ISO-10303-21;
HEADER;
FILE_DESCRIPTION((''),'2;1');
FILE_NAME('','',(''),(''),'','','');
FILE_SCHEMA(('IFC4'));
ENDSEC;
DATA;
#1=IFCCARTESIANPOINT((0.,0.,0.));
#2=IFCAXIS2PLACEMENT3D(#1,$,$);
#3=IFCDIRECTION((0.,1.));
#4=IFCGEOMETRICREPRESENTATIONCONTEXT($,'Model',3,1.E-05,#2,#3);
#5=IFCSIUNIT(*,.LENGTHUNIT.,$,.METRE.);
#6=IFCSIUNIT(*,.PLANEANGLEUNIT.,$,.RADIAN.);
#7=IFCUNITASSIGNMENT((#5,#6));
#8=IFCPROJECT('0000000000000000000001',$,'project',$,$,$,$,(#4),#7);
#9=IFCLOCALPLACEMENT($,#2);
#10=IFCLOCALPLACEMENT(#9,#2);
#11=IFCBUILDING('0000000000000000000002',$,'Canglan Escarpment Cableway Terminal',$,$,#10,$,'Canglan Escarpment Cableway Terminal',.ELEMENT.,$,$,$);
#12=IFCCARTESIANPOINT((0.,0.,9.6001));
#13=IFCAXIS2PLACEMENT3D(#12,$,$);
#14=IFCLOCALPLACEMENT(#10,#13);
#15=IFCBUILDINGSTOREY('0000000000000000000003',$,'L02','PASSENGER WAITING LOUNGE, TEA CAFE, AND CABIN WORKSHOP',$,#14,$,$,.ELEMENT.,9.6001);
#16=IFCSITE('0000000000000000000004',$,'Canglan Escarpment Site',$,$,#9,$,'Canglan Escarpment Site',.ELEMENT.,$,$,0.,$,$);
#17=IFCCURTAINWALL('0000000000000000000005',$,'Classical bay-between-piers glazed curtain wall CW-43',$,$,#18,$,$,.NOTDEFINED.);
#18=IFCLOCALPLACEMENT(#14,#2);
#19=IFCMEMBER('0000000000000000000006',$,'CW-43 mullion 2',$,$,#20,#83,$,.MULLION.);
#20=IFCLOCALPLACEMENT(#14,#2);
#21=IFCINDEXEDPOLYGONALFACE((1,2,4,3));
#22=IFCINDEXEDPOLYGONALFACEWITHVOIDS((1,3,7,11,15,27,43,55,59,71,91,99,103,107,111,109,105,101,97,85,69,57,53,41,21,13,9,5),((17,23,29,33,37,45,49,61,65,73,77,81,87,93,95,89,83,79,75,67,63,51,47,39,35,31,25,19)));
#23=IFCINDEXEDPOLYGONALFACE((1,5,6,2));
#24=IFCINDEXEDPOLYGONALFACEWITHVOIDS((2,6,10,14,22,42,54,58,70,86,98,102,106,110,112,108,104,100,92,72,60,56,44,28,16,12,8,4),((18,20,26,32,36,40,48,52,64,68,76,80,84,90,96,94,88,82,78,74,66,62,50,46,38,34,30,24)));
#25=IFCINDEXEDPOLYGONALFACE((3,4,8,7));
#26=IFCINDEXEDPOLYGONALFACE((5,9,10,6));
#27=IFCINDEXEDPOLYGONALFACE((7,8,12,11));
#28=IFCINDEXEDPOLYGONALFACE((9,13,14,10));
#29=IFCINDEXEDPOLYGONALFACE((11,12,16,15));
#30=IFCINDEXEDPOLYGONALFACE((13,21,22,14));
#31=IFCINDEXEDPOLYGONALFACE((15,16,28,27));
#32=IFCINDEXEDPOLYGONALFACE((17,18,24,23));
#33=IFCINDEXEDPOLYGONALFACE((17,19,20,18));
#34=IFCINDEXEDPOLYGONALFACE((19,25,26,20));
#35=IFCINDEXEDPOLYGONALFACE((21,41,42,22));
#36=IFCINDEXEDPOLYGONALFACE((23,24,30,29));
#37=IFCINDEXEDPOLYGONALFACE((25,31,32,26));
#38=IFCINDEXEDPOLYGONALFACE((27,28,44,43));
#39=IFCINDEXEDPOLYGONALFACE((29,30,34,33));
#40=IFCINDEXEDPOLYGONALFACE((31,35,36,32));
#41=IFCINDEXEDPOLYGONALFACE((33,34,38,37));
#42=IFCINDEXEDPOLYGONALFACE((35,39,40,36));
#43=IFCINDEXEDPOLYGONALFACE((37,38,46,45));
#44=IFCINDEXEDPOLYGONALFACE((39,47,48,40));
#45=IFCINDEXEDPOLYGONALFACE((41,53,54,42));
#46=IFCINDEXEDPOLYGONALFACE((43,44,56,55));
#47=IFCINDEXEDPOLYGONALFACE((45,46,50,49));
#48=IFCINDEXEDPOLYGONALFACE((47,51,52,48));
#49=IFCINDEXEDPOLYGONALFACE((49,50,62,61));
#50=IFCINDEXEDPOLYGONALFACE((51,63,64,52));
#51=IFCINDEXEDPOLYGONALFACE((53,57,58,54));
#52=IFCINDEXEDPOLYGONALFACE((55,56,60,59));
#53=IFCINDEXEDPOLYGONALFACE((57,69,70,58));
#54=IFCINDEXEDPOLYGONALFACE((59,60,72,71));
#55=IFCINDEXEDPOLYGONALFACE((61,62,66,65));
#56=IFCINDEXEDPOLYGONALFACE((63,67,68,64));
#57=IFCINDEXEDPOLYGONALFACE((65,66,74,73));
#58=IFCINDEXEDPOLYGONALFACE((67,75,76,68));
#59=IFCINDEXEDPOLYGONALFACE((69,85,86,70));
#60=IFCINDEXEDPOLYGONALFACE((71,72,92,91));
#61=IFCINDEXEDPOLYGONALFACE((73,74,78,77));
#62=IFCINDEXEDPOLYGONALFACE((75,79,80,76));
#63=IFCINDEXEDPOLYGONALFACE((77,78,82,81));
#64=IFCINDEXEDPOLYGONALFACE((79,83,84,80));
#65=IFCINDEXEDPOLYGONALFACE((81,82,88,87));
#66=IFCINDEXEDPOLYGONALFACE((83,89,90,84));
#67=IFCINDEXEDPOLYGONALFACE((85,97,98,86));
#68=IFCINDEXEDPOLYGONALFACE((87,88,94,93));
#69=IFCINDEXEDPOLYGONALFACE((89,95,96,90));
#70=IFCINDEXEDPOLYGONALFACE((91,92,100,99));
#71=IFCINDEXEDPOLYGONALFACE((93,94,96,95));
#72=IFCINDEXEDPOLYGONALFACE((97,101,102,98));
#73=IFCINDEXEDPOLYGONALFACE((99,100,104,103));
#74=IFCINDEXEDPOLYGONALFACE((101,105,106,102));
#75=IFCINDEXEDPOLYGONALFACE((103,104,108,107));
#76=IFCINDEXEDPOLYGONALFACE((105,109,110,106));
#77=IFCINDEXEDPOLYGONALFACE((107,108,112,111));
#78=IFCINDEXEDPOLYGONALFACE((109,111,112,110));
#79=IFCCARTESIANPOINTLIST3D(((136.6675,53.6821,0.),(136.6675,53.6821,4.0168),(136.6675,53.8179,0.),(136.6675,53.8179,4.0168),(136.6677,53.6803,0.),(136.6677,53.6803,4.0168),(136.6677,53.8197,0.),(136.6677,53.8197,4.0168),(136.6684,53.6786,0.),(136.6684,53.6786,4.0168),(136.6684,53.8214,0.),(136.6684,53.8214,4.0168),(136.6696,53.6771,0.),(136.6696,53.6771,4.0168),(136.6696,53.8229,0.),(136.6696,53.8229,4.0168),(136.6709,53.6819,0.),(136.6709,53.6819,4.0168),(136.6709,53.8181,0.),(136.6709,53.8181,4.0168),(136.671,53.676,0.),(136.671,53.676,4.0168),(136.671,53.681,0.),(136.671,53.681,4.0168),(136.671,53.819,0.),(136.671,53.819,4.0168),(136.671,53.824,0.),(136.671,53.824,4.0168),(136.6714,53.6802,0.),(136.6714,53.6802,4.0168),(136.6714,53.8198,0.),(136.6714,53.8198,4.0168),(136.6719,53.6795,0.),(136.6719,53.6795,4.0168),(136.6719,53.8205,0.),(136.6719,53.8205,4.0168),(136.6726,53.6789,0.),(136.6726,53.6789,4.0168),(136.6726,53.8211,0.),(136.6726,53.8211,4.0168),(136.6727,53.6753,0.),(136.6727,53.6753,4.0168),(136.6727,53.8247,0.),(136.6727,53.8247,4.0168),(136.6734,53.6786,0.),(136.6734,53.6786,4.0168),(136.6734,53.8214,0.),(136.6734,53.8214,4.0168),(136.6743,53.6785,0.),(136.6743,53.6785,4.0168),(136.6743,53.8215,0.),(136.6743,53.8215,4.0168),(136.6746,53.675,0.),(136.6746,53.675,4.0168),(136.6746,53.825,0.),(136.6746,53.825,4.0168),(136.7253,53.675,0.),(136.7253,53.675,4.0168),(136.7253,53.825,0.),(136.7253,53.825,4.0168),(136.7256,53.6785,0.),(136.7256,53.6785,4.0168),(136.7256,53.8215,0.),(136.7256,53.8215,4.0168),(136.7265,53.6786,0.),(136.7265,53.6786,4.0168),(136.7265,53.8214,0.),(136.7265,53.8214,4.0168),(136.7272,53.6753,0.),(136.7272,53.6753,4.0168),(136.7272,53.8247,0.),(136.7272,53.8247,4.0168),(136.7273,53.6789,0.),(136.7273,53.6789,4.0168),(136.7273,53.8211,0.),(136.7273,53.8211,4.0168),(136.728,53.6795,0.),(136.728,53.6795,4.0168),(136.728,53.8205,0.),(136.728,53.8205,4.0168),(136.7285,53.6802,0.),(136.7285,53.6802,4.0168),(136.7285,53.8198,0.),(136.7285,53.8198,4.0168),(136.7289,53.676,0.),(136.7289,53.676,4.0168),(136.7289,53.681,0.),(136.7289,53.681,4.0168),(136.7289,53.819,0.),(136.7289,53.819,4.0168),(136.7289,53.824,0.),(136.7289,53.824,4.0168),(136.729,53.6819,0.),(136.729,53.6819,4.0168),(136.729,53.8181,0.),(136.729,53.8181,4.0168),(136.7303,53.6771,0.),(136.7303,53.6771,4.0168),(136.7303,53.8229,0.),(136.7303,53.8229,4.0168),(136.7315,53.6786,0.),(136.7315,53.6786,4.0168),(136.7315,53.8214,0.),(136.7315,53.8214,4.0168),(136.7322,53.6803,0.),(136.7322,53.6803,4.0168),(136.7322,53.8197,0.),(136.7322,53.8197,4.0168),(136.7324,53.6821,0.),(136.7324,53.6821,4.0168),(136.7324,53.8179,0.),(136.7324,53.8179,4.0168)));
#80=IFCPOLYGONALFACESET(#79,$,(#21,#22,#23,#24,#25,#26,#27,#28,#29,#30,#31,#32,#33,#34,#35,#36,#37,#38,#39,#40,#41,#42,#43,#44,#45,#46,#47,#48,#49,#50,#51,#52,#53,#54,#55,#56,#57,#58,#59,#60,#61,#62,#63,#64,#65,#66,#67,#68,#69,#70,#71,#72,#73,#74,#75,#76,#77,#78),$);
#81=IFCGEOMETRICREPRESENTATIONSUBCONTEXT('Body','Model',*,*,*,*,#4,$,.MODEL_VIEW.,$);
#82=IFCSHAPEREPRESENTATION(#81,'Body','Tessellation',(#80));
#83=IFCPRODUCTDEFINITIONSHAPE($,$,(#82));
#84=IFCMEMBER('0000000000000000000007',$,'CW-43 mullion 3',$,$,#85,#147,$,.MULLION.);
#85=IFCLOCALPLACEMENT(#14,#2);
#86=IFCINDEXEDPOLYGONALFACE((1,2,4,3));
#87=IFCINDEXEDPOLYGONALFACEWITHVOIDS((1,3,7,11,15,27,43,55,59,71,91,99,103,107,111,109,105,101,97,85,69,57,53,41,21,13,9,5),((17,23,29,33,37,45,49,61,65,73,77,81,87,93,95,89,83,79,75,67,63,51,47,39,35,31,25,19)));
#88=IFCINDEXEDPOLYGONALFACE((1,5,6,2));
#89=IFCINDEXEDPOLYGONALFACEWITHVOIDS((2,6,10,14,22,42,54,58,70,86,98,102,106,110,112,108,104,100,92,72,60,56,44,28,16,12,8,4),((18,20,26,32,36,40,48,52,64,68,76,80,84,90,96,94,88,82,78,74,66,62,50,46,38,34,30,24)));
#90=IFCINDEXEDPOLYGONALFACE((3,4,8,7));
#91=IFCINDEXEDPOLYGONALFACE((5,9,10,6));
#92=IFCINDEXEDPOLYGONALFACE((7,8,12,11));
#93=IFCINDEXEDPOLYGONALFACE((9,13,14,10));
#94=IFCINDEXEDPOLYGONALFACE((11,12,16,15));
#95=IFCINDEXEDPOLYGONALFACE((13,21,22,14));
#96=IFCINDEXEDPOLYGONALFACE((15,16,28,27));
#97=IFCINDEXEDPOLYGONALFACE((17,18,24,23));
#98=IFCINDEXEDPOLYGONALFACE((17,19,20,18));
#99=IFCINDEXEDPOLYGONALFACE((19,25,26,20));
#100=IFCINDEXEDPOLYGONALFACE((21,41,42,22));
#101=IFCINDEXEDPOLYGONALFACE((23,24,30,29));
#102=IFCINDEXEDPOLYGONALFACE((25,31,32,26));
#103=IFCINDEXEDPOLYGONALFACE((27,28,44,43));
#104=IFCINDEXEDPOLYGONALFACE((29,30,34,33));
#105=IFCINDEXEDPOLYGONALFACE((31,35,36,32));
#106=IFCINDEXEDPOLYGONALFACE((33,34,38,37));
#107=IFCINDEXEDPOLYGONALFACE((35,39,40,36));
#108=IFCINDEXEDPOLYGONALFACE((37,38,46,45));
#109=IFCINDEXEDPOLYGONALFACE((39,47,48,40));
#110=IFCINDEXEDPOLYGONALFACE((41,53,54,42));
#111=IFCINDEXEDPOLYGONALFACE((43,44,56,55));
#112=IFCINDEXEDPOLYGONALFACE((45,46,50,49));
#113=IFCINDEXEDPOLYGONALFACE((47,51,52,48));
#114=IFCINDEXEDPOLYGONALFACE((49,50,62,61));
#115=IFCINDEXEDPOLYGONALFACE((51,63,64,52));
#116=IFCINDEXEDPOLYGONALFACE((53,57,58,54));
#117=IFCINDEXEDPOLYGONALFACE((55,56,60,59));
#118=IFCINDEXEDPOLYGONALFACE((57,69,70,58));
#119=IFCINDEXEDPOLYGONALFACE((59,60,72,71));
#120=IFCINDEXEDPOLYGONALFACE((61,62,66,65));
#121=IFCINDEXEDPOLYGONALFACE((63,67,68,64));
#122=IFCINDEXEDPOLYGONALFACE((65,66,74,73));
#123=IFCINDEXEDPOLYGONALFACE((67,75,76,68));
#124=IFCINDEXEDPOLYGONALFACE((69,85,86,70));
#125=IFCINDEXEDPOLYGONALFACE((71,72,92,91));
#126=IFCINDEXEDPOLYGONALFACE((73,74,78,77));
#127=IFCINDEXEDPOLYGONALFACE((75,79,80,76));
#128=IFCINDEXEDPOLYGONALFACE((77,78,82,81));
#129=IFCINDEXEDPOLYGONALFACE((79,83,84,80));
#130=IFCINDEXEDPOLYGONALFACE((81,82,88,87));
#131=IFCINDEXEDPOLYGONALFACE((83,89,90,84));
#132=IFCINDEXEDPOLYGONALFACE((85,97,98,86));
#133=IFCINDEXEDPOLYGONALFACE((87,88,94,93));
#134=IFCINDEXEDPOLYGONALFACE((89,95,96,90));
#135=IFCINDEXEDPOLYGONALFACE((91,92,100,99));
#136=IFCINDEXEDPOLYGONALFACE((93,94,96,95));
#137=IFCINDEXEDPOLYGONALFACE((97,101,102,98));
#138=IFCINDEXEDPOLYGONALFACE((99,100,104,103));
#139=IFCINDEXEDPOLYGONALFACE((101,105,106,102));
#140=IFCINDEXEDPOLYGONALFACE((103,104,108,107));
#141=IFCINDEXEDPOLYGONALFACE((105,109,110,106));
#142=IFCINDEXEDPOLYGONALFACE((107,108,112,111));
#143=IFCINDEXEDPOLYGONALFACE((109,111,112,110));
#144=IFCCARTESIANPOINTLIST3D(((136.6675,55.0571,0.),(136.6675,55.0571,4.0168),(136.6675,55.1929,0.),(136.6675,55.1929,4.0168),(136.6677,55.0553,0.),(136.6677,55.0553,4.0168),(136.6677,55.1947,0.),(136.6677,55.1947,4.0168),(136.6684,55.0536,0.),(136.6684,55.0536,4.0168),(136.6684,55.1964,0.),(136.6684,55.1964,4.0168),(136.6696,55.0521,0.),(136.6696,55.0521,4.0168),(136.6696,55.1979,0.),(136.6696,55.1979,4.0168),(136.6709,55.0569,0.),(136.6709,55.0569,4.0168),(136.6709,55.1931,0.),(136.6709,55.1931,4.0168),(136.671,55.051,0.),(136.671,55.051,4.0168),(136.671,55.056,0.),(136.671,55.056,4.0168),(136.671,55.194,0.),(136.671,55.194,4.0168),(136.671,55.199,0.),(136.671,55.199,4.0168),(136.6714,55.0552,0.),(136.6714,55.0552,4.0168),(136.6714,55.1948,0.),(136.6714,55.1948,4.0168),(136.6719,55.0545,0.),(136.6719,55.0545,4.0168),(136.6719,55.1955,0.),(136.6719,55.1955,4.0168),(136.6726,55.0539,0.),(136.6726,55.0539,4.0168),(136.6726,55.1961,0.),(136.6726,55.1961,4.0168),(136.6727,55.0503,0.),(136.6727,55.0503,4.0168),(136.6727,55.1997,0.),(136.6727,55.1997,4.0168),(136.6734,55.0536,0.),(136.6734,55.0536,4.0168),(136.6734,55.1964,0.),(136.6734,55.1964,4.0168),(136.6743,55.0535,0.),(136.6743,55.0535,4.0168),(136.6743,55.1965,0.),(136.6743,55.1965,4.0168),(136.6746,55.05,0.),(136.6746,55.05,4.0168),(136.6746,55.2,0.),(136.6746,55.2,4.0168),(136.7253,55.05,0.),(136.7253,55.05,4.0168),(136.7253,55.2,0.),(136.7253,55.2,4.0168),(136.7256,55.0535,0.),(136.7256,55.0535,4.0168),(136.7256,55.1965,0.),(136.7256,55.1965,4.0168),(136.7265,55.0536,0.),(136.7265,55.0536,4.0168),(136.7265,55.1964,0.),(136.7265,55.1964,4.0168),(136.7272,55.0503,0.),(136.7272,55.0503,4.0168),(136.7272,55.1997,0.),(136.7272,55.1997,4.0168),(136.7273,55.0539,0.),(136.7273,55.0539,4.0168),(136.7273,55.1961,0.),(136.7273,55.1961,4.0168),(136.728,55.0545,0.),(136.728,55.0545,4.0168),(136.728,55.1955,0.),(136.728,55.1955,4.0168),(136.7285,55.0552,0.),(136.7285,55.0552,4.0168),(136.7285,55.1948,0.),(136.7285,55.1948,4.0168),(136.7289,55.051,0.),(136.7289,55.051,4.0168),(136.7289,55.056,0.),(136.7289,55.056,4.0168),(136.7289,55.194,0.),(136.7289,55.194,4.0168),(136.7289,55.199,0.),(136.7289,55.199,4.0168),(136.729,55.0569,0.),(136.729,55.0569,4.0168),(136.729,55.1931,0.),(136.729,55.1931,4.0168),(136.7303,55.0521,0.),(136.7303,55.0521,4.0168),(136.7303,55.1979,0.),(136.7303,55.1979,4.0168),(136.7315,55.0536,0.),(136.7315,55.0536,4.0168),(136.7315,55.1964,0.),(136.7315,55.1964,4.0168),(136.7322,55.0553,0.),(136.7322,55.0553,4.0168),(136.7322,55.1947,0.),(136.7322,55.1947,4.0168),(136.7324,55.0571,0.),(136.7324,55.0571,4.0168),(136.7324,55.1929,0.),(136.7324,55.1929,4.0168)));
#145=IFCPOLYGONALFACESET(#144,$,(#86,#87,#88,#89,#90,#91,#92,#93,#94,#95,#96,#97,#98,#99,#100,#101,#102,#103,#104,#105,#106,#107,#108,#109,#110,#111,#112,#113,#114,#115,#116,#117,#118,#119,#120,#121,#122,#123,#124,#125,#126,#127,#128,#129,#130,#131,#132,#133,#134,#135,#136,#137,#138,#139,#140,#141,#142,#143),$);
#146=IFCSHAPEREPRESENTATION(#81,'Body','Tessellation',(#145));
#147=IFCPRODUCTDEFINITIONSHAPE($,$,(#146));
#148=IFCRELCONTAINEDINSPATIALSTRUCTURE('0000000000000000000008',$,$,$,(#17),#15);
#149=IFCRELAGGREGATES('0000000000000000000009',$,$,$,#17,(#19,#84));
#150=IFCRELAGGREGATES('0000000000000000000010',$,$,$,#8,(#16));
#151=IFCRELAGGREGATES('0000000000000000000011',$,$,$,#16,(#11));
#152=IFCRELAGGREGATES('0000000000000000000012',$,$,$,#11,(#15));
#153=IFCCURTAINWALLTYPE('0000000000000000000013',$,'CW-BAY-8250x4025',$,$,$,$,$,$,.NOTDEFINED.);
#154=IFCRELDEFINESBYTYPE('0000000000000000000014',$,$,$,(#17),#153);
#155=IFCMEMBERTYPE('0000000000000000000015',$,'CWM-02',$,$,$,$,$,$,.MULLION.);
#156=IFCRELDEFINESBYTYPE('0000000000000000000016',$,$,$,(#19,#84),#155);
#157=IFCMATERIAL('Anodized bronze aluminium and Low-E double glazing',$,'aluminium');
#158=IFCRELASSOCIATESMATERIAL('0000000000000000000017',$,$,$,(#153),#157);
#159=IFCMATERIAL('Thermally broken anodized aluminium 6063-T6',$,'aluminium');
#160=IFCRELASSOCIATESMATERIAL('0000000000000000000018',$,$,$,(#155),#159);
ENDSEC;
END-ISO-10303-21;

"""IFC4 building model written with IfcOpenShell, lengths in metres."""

from ifc_helpers import new_model, si_unit, direction, frame, origin, origin_2d, place, context, subcontext, project, spatial, hollow_rectangle, extrude, material, material_profile, profile_set, type_object, element, aggregate, save


model = new_model("IFC4")

# Units and contexts
model_context = context("Model", 3, precision=1e-05, world=origin(), true_north=direction((0.0, 1.0)))
body_context = subcontext(model_context, "Body", "Model", "MODEL_VIEW")
ifc_project = project(units=[si_unit("LENGTHUNIT", "METRE"), si_unit("PLANEANGLEUNIT", "RADIAN")], contexts=[model_context])

# Site, building, storey
site_placement = place(None, origin())
site = spatial("IfcSite", under=ifc_project, at=site_placement, Name="Canglan Escarpment Site", LongName="Canglan Escarpment Site", CompositionType="ELEMENT", RefElevation=0.0)
building_placement = place(site_placement, origin())
building = spatial("IfcBuilding", under=site, at=building_placement, Name="Canglan Escarpment Cableway Terminal", LongName="Canglan Escarpment Cableway Terminal", CompositionType="ELEMENT")
storey_placement = place(building_placement, frame((0.0, 0.0, 9.6001)))
storey = spatial("IfcBuildingStorey", under=building, at=storey_placement, Name="L02", Description="PASSENGER WAITING LOUNGE, TEA CAFE, AND CABIN WORKSHOP", CompositionType="ELEMENT", Elevation=9.6001)

# Curtain wall, members
ifc_material_1 = material(Name="Anodized bronze aluminium and Low-E double glazing", Category="aluminium")
curtain_wall_type = type_object("IfcCurtainWallType", Name="CW-BAY-8250x4025", PredefinedType="NOTDEFINED", material=ifc_material_1)
curtain_wall_placement = place(storey_placement, origin())
curtain_wall = element("IfcCurtainWall", 1, at=curtain_wall_placement, inside=storey, type_object=curtain_wall_type, Name="Classical bay-between-piers glazed curtain wall CW-43", PredefinedType="NOTDEFINED")
ifc_material_2 = material(Name="Thermally broken anodized aluminium 6063-T6", Category="aluminium")
ifc_material_profile_1 = material_profile(ifc_material_2, hollow_rectangle(XDim=0.0649, YDim=0.1499, WallThickness=0.0034, InnerFilletRadius=0.0034, OuterFilletRadius=0.0071, at=origin_2d()), Name="ALU-MULL 65x150x3.5")
ifc_profile_set_1 = profile_set([ifc_material_profile_1], Name="Thermally broken anodized aluminium 6063-T6")
member_type_1 = type_object("IfcMemberType", Name="CWM-02", PredefinedType="MULLION", material=ifc_profile_set_1)
member_1_placement = place(storey_placement, frame((136.7, 53.75, 0.0), z_axis=(0.0, 0.0, 1.0), x_axis=(-1.0, 0.0, 0.0)))
member_1 = element("IfcMember", 2, at=member_1_placement, type_object=member_type_1, Name="CW-43 mullion 2", PredefinedType="MULLION", context=body_context, shape_type="SweptSolid", body=[
    extrude(hollow_rectangle(XDim=0.0649, YDim=0.1499, WallThickness=0.0034, InnerFilletRadius=0.0034, OuterFilletRadius=0.0071, at=origin_2d()), origin(), (0.0, 0.0, 1.0), 4.0168),
])
member_2_placement = place(storey_placement, frame((136.7, 55.125, 0.0), z_axis=(0.0, 0.0, 1.0), x_axis=(-1.0, 0.0, 0.0)))
member_2 = element("IfcMember", 3, at=member_2_placement, type_object=member_type_1, Name="CW-43 mullion 3", PredefinedType="MULLION", context=body_context, shape_type="SweptSolid", body=[
    extrude(hollow_rectangle(XDim=0.0649, YDim=0.1499, WallThickness=0.0034, InnerFilletRadius=0.0034, OuterFilletRadius=0.0071, at=origin_2d()), origin(), (0.0, 0.0, 1.0), 4.0168),
])
aggregate(curtain_wall, [member_1, member_2])

save(model, "model.ifc")
